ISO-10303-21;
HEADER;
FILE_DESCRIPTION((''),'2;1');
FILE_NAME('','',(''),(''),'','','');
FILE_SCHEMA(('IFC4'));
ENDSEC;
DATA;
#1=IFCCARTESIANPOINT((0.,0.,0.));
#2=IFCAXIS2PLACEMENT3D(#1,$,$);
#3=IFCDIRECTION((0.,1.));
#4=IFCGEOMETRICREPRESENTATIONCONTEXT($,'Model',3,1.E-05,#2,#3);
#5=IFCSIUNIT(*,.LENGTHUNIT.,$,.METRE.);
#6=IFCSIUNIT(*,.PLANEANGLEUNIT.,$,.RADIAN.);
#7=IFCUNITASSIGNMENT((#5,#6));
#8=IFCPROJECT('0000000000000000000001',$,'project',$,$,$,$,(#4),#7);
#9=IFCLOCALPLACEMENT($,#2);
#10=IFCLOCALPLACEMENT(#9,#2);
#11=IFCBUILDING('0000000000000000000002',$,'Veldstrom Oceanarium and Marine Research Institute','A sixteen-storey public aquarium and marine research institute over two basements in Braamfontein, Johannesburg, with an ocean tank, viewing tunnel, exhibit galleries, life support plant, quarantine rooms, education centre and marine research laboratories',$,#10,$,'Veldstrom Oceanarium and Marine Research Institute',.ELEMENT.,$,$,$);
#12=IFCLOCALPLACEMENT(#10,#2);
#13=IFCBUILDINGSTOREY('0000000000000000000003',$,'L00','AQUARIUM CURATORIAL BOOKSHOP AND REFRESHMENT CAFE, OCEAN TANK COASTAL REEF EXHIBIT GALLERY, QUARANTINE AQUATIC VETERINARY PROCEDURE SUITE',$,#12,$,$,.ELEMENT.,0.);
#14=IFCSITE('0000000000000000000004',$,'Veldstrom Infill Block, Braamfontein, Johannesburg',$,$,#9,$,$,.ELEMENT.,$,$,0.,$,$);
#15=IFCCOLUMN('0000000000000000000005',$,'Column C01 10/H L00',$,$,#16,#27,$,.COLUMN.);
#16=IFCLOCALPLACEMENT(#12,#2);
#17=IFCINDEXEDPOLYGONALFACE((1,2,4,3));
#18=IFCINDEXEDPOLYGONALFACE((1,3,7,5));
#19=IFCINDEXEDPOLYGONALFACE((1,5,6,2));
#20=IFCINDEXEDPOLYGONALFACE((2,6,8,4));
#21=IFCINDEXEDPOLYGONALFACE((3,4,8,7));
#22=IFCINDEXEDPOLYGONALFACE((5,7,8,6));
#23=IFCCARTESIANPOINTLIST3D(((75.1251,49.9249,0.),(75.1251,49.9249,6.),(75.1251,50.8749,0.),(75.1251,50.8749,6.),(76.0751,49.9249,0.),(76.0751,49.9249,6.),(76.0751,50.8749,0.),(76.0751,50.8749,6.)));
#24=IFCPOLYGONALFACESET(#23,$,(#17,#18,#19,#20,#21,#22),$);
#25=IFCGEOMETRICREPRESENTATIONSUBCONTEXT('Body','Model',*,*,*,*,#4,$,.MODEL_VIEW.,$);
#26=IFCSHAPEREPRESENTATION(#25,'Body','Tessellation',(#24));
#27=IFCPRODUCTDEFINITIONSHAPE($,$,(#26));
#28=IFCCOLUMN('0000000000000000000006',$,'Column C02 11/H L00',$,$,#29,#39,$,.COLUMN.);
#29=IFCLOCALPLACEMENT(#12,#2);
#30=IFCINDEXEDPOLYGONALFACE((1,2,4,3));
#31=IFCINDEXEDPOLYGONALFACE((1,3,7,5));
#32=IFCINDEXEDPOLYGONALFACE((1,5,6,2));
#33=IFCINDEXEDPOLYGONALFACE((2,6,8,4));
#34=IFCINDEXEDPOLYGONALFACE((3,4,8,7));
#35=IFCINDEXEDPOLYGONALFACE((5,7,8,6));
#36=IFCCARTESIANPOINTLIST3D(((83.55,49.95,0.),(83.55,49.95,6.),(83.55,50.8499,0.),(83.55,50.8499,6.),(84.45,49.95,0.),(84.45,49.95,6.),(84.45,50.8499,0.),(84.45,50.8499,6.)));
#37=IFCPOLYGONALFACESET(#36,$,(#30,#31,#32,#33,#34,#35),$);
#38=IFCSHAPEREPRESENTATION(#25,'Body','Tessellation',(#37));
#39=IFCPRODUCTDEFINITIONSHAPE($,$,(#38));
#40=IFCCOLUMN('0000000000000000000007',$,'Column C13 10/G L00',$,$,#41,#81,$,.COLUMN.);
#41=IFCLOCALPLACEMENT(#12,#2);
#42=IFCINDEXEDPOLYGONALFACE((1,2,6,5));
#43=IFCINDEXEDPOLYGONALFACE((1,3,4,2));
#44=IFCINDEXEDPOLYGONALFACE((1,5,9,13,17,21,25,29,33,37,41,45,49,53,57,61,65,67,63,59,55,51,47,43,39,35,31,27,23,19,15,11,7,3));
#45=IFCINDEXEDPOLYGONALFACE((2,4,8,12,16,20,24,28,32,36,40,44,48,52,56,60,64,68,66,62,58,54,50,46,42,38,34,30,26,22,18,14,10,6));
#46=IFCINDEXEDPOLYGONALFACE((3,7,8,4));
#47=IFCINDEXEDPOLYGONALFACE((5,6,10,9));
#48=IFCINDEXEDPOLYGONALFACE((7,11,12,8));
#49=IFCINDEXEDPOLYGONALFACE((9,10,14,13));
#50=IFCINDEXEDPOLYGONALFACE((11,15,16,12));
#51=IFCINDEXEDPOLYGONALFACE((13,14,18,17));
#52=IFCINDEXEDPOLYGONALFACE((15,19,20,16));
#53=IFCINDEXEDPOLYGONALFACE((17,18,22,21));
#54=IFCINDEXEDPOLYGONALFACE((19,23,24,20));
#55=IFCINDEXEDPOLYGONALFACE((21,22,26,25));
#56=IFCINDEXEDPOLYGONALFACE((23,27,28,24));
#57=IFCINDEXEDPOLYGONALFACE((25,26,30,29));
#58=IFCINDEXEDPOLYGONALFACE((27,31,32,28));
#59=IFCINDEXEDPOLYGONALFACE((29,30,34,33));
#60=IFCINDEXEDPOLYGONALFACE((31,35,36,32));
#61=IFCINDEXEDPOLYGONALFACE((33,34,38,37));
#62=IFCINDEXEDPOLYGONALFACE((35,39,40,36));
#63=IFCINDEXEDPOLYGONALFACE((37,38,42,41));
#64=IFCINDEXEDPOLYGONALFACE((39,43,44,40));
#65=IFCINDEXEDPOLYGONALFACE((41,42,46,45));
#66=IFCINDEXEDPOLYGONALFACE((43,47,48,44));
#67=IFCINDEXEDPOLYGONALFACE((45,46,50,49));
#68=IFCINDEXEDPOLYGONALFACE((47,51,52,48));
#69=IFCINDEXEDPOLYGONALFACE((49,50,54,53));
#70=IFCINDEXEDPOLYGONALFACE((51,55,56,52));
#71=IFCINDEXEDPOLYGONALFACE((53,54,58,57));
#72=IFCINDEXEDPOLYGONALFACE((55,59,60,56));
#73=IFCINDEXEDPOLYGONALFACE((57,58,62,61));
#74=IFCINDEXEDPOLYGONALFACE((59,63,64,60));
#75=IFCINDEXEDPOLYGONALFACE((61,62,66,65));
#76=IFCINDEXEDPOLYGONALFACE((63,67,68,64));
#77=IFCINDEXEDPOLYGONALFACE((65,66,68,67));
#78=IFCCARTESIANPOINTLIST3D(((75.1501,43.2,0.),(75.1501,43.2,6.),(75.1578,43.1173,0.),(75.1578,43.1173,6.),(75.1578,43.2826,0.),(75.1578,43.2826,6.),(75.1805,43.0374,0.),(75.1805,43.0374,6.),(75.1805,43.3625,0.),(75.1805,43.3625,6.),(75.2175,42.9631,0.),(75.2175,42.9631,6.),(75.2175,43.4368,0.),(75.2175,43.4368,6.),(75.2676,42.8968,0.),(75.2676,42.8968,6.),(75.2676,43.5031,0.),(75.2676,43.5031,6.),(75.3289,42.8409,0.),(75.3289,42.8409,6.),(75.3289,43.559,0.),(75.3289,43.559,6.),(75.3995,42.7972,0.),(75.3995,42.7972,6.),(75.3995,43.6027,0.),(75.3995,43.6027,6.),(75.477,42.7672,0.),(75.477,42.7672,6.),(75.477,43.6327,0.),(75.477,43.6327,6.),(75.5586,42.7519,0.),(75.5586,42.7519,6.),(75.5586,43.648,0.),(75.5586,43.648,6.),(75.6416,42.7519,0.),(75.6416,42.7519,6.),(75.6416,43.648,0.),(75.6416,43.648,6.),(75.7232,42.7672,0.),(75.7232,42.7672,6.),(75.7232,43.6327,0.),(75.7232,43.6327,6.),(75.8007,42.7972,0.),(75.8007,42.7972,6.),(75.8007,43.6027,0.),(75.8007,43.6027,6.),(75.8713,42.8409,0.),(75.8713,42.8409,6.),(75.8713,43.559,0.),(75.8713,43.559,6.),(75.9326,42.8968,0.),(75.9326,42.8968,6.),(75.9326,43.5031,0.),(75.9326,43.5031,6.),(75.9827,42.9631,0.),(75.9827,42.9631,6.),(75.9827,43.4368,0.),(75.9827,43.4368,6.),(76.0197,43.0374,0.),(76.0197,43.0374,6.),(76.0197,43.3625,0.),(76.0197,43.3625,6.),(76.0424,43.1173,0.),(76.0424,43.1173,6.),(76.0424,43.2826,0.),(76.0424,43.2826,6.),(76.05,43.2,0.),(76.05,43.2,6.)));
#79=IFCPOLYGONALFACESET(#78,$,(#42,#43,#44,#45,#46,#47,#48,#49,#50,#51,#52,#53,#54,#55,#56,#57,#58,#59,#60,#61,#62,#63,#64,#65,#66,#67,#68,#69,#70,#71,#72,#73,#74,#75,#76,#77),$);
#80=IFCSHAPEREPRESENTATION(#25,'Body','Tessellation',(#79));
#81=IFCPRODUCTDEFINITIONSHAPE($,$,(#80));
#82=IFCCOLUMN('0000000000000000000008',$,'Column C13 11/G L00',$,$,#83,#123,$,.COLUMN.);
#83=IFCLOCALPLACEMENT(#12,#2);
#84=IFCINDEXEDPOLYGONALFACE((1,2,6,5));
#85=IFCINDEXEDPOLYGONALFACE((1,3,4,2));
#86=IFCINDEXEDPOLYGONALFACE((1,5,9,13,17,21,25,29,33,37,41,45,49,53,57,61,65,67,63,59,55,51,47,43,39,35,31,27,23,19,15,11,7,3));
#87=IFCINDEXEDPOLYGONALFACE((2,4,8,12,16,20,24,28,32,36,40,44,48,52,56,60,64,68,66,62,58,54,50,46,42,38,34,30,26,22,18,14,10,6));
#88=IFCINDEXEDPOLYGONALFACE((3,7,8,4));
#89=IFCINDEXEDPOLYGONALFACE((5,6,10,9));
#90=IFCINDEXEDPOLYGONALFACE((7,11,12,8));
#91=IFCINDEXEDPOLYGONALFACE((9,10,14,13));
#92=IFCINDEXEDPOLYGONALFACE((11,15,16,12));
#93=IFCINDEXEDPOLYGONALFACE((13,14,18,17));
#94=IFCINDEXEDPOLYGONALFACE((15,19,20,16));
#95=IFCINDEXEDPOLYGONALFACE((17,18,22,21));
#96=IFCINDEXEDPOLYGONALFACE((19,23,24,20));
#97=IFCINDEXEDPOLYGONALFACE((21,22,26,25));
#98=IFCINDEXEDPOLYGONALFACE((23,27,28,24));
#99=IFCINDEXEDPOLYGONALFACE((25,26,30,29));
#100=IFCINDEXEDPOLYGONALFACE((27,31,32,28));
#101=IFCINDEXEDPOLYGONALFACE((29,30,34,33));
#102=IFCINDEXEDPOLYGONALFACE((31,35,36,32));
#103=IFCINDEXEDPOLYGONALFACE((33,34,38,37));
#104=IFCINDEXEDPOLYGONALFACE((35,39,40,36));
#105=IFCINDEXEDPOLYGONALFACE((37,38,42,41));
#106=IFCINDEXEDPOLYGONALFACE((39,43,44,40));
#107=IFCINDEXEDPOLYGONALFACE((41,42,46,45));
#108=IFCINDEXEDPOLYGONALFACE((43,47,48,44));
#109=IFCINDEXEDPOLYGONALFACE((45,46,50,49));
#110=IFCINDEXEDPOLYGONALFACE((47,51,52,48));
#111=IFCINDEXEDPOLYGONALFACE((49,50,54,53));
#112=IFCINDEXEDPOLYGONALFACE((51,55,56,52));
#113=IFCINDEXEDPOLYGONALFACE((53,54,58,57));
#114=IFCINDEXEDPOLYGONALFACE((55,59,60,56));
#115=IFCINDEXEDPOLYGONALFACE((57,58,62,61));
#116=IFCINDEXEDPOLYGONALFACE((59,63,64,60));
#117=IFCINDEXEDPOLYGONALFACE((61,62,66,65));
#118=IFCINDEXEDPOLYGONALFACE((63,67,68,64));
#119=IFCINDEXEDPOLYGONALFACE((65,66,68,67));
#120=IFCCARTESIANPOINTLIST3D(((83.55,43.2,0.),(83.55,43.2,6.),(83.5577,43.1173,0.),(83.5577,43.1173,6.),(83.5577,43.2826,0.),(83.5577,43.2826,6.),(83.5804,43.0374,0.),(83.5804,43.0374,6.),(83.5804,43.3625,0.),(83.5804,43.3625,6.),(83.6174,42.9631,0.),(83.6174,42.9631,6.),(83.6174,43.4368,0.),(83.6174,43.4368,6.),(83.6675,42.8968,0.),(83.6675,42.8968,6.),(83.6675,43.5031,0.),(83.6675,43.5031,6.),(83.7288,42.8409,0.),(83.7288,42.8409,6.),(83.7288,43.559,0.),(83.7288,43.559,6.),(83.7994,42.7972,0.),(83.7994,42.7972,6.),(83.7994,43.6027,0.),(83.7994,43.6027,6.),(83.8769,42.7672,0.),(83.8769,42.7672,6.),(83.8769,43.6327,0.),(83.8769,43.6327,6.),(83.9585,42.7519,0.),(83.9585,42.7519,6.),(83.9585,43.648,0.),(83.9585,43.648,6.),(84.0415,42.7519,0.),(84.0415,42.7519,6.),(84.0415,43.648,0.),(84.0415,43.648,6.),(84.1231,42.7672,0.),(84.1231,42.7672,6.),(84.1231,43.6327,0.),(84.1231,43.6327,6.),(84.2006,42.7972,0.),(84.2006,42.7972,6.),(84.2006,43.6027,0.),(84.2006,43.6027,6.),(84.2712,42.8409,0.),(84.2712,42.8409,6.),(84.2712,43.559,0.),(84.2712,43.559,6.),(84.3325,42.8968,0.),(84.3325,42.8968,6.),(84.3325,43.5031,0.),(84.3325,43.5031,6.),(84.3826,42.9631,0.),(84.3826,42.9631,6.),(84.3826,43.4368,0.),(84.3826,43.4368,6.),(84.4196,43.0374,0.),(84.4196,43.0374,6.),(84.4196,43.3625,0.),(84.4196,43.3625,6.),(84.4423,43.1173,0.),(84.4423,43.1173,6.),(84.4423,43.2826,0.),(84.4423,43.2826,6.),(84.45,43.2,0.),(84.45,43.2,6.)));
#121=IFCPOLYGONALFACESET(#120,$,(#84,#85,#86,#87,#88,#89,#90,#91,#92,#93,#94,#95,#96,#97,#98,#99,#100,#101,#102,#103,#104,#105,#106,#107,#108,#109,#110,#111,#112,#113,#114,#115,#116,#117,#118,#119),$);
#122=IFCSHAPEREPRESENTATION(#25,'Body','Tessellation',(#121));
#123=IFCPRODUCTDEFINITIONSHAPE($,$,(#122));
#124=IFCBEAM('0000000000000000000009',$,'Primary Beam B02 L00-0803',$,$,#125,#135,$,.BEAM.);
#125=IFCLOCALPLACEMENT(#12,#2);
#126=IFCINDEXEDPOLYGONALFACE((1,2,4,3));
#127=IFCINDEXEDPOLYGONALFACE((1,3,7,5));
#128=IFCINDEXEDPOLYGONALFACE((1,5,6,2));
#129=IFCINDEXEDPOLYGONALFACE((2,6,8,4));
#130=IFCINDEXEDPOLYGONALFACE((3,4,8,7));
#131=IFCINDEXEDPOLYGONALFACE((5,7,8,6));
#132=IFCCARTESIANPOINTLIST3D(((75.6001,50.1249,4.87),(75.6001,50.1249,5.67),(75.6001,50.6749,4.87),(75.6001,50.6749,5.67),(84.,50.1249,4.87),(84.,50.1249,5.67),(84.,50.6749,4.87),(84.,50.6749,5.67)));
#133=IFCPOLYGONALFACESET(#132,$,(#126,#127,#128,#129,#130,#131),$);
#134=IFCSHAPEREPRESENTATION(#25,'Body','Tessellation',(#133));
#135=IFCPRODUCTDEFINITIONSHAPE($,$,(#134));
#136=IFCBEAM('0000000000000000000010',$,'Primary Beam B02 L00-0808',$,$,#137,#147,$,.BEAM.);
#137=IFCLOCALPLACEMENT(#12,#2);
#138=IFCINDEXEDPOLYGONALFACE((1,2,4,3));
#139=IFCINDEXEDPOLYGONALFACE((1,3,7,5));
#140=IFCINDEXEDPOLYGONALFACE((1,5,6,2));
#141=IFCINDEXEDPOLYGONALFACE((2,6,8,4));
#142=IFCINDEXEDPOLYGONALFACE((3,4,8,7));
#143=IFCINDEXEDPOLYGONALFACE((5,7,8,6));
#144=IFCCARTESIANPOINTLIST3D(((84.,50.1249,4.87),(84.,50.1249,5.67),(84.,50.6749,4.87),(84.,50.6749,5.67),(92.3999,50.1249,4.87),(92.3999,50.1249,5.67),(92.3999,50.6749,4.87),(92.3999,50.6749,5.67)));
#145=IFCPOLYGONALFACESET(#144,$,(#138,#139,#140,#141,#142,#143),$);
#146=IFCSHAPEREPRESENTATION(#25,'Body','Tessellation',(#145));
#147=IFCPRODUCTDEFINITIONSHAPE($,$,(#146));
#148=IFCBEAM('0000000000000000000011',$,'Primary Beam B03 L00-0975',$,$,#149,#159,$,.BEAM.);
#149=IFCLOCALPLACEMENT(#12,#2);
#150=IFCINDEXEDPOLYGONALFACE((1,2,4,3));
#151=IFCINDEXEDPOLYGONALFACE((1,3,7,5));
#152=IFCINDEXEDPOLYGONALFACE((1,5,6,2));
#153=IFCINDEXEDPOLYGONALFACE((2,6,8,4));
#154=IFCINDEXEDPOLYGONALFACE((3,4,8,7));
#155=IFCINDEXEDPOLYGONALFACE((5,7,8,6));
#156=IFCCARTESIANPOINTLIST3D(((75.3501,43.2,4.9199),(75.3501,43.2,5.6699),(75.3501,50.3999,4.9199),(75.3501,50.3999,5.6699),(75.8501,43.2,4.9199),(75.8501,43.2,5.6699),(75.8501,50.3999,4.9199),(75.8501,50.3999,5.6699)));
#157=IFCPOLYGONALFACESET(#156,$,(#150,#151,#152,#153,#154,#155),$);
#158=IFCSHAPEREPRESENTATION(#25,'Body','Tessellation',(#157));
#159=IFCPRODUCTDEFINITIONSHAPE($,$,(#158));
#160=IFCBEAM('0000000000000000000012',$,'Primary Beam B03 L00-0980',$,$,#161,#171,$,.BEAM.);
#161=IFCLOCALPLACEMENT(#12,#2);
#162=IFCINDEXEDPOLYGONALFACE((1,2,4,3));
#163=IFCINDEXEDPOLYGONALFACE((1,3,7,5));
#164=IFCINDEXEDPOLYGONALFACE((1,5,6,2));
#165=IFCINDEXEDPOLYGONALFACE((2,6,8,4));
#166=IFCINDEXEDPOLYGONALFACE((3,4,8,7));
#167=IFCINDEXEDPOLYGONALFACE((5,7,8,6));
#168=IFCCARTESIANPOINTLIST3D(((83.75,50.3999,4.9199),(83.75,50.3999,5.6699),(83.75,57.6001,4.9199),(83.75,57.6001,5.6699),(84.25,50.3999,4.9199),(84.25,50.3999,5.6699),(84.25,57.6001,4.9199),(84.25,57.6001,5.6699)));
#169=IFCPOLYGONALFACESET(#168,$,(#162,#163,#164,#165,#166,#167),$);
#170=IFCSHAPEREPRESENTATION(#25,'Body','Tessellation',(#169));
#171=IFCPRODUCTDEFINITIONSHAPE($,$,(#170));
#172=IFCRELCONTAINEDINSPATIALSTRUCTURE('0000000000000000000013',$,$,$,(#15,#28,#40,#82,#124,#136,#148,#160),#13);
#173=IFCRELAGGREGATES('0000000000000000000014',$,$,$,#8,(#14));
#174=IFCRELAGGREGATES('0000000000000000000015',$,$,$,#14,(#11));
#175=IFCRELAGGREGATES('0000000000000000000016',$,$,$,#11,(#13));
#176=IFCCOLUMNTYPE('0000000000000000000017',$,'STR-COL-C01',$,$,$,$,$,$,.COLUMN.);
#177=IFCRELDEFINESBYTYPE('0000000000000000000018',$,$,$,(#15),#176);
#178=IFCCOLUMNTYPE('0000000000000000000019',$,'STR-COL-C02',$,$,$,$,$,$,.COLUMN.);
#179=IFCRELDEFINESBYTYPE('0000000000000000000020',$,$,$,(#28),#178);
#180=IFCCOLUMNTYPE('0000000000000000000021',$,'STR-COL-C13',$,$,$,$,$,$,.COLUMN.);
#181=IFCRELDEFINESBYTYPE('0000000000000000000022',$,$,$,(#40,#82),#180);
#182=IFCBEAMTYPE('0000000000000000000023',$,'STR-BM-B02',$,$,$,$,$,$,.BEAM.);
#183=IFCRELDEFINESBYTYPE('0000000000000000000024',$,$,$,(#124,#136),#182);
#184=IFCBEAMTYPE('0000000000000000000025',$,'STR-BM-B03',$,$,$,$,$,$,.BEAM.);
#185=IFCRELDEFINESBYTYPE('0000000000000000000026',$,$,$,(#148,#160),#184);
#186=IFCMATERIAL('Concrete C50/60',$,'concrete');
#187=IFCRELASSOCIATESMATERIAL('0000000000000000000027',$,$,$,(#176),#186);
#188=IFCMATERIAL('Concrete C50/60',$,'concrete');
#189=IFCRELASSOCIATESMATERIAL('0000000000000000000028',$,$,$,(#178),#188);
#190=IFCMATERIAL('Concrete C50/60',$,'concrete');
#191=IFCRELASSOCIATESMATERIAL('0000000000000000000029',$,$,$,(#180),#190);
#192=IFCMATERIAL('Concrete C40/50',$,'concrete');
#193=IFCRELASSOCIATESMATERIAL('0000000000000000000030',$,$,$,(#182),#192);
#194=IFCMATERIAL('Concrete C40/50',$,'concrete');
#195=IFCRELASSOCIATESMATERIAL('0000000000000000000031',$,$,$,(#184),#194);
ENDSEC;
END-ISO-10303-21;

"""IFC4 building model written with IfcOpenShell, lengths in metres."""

from ifc_helpers import new_model, si_unit, direction, frame, origin, origin_2d, place, context, subcontext, project, spatial, rectangle, circle, extrude, material, material_profile, profile_set, type_object, element, save


model = new_model("IFC4")

# Units and contexts
model_context = context("Model", 3, precision=1e-05, world=origin(), true_north=direction((0.0, 1.0)))
body_context = subcontext(model_context, "Body", "Model", "MODEL_VIEW")
ifc_project = project(units=[si_unit("LENGTHUNIT", "METRE"), si_unit("PLANEANGLEUNIT", "RADIAN")], contexts=[model_context])

# Site, building, storey
site_placement = place(None, origin())
site = spatial("IfcSite", under=ifc_project, at=site_placement, Name="Veldstrom Infill Block, Braamfontein, Johannesburg", CompositionType="ELEMENT", RefElevation=0.0)
building_placement = place(site_placement, origin())
building = spatial("IfcBuilding", under=site, at=building_placement, Name="Veldstrom Oceanarium and Marine Research Institute", Description="A sixteen-storey public aquarium and marine research institute over two basements in Braamfontein, Johannesburg, with an ocean tank, viewing tunnel, exhibit galleries, life support plant, quarantine rooms, education centre and marine research laboratories", LongName="Veldstrom Oceanarium and Marine Research Institute", CompositionType="ELEMENT")
storey_placement = place(building_placement, origin())
storey = spatial("IfcBuildingStorey", under=building, at=storey_placement, Name="L00", Description="AQUARIUM CURATORIAL BOOKSHOP AND REFRESHMENT CAFE, OCEAN TANK COASTAL REEF EXHIBIT GALLERY, QUARANTINE AQUATIC VETERINARY PROCEDURE SUITE", CompositionType="ELEMENT", Elevation=0.0)

# Columns
ifc_material_1 = material(Name="Concrete C50/60", Category="concrete")
ifc_material_profile_1 = material_profile(ifc_material_1, rectangle(XDim=0.95, YDim=0.95, at=origin_2d()), Name="RC-COL-950x950")
ifc_profile_set_1 = profile_set([ifc_material_profile_1], Name="Concrete C50/60")
column_type_1 = type_object("IfcColumnType", Name="STR-COL-C01", PredefinedType="COLUMN", material=ifc_profile_set_1)
column_1_placement = place(storey_placement, frame((75.6001, 50.3999, 0.0), z_axis=(0.0, 0.0, 1.0), x_axis=(1.0, 0.0, 0.0)))
element("IfcColumn", 1, at=column_1_placement, inside=storey, type_object=column_type_1, Name="Column C01 10/H L00", PredefinedType="COLUMN", context=body_context, shape_type="SweptSolid", body=[
    extrude(rectangle(XDim=0.95, YDim=0.95, at=origin_2d()), origin(), (0.0, 0.0, 1.0), 6.0),
])
ifc_material_2 = material(Name="Concrete C50/60", Category="concrete")
ifc_material_profile_2 = material_profile(ifc_material_2, rectangle(XDim=0.8999, YDim=0.8999, at=origin_2d()), Name="RC-COL-900x900")
ifc_profile_set_2 = profile_set([ifc_material_profile_2], Name="Concrete C50/60")
column_type_2 = type_object("IfcColumnType", Name="STR-COL-C02", PredefinedType="COLUMN", material=ifc_profile_set_2)
column_2_placement = place(storey_placement, frame((84.0, 50.3999, 0.0), z_axis=(0.0, 0.0, 1.0), x_axis=(1.0, 0.0, 0.0)))
element("IfcColumn", 2, at=column_2_placement, inside=storey, type_object=column_type_2, Name="Column C02 11/H L00", PredefinedType="COLUMN", context=body_context, shape_type="SweptSolid", body=[
    extrude(rectangle(XDim=0.8999, YDim=0.8999, at=origin_2d()), origin(), (0.0, 0.0, 1.0), 6.0),
])
ifc_material_3 = material(Name="Concrete C50/60", Category="concrete")
ifc_material_profile_3 = material_profile(ifc_material_3, circle(Radius=0.45, at=origin_2d()), Name="RC-COL-D900")
ifc_profile_set_3 = profile_set([ifc_material_profile_3], Name="Concrete C50/60")
column_type_3 = type_object("IfcColumnType", Name="STR-COL-C13", PredefinedType="COLUMN", material=ifc_profile_set_3)
for number, where, z_axis, x_axis, name in (
    (3, (75.6001, 43.2, 0.0), (0.0, 0.0, 1.0), (1.0, 0.0, 0.0), "Column C13 10/G L00"),
    (4, (84.0, 43.2, 0.0), (0.0, 0.0, 1.0), (1.0, 0.0, 0.0), "Column C13 11/G L00"),
):
    element("IfcColumn", number, at=place(storey_placement, frame(where, z_axis=z_axis, x_axis=x_axis)), inside=storey, type_object=column_type_3, Name=name, PredefinedType="COLUMN", context=body_context, shape_type="SweptSolid", body=[
        extrude(circle(Radius=0.45, at=origin_2d()), origin(), (0.0, 0.0, 1.0), 6.0),
    ])

# Beams
ifc_material_4 = material(Name="Concrete C40/50", Category="concrete")
ifc_material_profile_4 = material_profile(ifc_material_4, rectangle(XDim=0.55, YDim=0.8, at=origin_2d()), Name="RC-BM-550x800")
ifc_profile_set_4 = profile_set([ifc_material_profile_4], Name="Concrete C40/50")
beam_type_1 = type_object("IfcBeamType", Name="STR-BM-B02", PredefinedType="BEAM", material=ifc_profile_set_4)
for number, where, z_axis, x_axis, name in (
    (5, (75.6001, 50.3999, 5.27), (1.0, 0.0, 0.0), (0.0, 1.0, 0.0), "Primary Beam B02 L00-0803"),
    (6, (84.0, 50.3999, 5.27), (1.0, 0.0, 0.0), (0.0, 1.0, 0.0), "Primary Beam B02 L00-0808"),
):
    element("IfcBeam", number, at=place(storey_placement, frame(where, z_axis=z_axis, x_axis=x_axis)), inside=storey, type_object=beam_type_1, Name=name, PredefinedType="BEAM", context=body_context, shape_type="SweptSolid", body=[
        extrude(rectangle(XDim=0.55, YDim=0.8, at=origin_2d()), origin(), (0.0, 0.0, 1.0), 8.3999),
    ])
ifc_material_5 = material(Name="Concrete C40/50", Category="concrete")
ifc_material_profile_5 = material_profile(ifc_material_5, rectangle(XDim=0.5, YDim=0.75, at=origin_2d()), Name="RC-BM-500x750")
ifc_profile_set_5 = profile_set([ifc_material_profile_5], Name="Concrete C40/50")
beam_type_2 = type_object("IfcBeamType", Name="STR-BM-B03", PredefinedType="BEAM", material=ifc_profile_set_5)
beam_1_placement = place(storey_placement, frame((75.6001, 43.2, 5.2949), z_axis=(0.0, 1.0, 0.0), x_axis=(-1.0, 0.0, 0.0)))
element("IfcBeam", 7, at=beam_1_placement, inside=storey, type_object=beam_type_2, Name="Primary Beam B03 L00-0975", PredefinedType="BEAM", context=body_context, shape_type="SweptSolid", body=[
    extrude(rectangle(XDim=0.5, YDim=0.75, at=origin_2d()), origin(), (0.0, 0.0, 1.0), 7.2),
])
beam_2_placement = place(storey_placement, frame((84.0, 50.3999, 5.2949), z_axis=(0.0, 1.0, 0.0), x_axis=(-1.0, 0.0, 0.0)))
element("IfcBeam", 8, at=beam_2_placement, inside=storey, type_object=beam_type_2, Name="Primary Beam B03 L00-0980", PredefinedType="BEAM", context=body_context, shape_type="SweptSolid", body=[
    extrude(rectangle(XDim=0.5, YDim=0.75, at=origin_2d()), origin(), (0.0, 0.0, 1.0), 7.2002),
])

save(model, "model.ifc")
